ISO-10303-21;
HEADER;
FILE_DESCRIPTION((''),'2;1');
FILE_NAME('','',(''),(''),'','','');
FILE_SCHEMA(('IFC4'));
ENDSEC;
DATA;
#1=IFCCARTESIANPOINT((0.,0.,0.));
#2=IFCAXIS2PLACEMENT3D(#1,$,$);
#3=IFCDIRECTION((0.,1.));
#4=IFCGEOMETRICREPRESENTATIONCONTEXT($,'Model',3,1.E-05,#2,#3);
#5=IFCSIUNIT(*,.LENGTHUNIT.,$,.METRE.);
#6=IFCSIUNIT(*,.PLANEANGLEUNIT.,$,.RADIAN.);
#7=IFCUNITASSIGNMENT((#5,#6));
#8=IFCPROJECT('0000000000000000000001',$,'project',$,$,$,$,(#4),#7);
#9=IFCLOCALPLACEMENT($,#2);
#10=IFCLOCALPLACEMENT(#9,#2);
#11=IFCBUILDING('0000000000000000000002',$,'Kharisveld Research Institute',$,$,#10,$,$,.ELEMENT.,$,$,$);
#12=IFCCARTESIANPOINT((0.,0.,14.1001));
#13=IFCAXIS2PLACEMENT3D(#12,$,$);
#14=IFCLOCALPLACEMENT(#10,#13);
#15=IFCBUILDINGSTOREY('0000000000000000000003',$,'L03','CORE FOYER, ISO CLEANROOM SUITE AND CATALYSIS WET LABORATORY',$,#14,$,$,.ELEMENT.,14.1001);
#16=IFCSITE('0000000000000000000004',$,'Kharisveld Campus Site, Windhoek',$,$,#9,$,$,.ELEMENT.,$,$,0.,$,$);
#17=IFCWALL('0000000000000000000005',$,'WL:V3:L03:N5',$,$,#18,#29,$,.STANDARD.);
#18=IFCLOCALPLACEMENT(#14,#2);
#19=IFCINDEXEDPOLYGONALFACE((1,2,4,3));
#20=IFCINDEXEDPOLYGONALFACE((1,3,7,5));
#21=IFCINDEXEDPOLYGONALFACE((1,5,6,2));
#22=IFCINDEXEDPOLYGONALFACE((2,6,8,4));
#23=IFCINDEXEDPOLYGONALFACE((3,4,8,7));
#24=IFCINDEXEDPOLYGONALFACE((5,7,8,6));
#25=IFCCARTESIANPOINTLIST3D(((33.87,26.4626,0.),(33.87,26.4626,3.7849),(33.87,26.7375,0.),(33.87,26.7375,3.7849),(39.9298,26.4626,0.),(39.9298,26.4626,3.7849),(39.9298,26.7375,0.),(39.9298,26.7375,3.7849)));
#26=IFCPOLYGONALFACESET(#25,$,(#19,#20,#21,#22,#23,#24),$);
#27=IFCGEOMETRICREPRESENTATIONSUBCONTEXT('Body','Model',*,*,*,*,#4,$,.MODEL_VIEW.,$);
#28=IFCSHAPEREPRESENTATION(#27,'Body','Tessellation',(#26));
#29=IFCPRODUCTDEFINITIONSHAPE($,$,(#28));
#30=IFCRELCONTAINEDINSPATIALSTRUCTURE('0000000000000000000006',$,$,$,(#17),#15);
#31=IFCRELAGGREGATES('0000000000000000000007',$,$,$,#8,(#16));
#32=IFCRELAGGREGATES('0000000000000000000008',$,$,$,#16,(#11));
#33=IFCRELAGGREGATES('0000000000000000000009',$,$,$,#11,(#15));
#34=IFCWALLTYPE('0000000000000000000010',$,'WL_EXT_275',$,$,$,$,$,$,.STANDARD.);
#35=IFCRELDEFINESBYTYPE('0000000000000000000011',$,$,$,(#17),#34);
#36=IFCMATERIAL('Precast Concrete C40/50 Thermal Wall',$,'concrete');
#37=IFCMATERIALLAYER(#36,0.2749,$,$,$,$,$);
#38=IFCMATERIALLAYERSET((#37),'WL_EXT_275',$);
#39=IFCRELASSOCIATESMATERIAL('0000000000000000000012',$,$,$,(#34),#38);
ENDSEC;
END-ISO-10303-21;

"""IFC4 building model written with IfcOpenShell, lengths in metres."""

from ifc_helpers import new_model, si_unit, direction, frame, frame_2d, origin, place, context, subcontext, project, spatial, rectangle, extrude, material, layer, layer_set, type_object, element, save


model = new_model("IFC4")

# Units and contexts
model_context = context("Model", 3, precision=1e-05, world=origin(), true_north=direction((0.0, 1.0)))
body_context = subcontext(model_context, "Body", "Model", "MODEL_VIEW")
ifc_project = project(units=[si_unit("LENGTHUNIT", "METRE"), si_unit("PLANEANGLEUNIT", "RADIAN")], contexts=[model_context])

# Site, building, storey
site_placement = place(None, origin())
site = spatial("IfcSite", under=ifc_project, at=site_placement, Name="Kharisveld Campus Site, Windhoek", CompositionType="ELEMENT", RefElevation=0.0)
building_placement = place(site_placement, origin())
building = spatial("IfcBuilding", under=site, at=building_placement, Name="Kharisveld Research Institute", CompositionType="ELEMENT")
storey_placement = place(building_placement, frame((0.0, 0.0, 14.1001)))
storey = spatial("IfcBuildingStorey", under=building, at=storey_placement, Name="L03", Description="CORE FOYER, ISO CLEANROOM SUITE AND CATALYSIS WET LABORATORY", CompositionType="ELEMENT", Elevation=14.1001)

# Wall
ifc_material_1 = material(Name="Precast Concrete C40/50 Thermal Wall", Category="concrete")
ifc_layer_1 = layer(ifc_material_1, 0.2749)
ifc_layer_set_1 = layer_set([ifc_layer_1], Name="WL_EXT_275")
wall_type = type_object("IfcWallType", Name="WL_EXT_275", PredefinedType="STANDARD", material=ifc_layer_set_1)
wall_placement = place(storey_placement, frame((33.8701, 26.6001, 0.0), z_axis=(0.0, 0.0, 1.0), x_axis=(1.0, 0.0, 0.0)))
element("IfcWall", 1, at=wall_placement, inside=storey, type_object=wall_type, Name="WL:V3:L03:N5", PredefinedType="STANDARD", context=body_context, shape_type="SweptSolid", body=[
    extrude(rectangle(XDim=6.0598, YDim=0.2749, at=frame_2d((3.0298, 0.0))), origin(), (0.0, 0.0, 1.0), 3.7849),
])

save(model, "model.ifc")
